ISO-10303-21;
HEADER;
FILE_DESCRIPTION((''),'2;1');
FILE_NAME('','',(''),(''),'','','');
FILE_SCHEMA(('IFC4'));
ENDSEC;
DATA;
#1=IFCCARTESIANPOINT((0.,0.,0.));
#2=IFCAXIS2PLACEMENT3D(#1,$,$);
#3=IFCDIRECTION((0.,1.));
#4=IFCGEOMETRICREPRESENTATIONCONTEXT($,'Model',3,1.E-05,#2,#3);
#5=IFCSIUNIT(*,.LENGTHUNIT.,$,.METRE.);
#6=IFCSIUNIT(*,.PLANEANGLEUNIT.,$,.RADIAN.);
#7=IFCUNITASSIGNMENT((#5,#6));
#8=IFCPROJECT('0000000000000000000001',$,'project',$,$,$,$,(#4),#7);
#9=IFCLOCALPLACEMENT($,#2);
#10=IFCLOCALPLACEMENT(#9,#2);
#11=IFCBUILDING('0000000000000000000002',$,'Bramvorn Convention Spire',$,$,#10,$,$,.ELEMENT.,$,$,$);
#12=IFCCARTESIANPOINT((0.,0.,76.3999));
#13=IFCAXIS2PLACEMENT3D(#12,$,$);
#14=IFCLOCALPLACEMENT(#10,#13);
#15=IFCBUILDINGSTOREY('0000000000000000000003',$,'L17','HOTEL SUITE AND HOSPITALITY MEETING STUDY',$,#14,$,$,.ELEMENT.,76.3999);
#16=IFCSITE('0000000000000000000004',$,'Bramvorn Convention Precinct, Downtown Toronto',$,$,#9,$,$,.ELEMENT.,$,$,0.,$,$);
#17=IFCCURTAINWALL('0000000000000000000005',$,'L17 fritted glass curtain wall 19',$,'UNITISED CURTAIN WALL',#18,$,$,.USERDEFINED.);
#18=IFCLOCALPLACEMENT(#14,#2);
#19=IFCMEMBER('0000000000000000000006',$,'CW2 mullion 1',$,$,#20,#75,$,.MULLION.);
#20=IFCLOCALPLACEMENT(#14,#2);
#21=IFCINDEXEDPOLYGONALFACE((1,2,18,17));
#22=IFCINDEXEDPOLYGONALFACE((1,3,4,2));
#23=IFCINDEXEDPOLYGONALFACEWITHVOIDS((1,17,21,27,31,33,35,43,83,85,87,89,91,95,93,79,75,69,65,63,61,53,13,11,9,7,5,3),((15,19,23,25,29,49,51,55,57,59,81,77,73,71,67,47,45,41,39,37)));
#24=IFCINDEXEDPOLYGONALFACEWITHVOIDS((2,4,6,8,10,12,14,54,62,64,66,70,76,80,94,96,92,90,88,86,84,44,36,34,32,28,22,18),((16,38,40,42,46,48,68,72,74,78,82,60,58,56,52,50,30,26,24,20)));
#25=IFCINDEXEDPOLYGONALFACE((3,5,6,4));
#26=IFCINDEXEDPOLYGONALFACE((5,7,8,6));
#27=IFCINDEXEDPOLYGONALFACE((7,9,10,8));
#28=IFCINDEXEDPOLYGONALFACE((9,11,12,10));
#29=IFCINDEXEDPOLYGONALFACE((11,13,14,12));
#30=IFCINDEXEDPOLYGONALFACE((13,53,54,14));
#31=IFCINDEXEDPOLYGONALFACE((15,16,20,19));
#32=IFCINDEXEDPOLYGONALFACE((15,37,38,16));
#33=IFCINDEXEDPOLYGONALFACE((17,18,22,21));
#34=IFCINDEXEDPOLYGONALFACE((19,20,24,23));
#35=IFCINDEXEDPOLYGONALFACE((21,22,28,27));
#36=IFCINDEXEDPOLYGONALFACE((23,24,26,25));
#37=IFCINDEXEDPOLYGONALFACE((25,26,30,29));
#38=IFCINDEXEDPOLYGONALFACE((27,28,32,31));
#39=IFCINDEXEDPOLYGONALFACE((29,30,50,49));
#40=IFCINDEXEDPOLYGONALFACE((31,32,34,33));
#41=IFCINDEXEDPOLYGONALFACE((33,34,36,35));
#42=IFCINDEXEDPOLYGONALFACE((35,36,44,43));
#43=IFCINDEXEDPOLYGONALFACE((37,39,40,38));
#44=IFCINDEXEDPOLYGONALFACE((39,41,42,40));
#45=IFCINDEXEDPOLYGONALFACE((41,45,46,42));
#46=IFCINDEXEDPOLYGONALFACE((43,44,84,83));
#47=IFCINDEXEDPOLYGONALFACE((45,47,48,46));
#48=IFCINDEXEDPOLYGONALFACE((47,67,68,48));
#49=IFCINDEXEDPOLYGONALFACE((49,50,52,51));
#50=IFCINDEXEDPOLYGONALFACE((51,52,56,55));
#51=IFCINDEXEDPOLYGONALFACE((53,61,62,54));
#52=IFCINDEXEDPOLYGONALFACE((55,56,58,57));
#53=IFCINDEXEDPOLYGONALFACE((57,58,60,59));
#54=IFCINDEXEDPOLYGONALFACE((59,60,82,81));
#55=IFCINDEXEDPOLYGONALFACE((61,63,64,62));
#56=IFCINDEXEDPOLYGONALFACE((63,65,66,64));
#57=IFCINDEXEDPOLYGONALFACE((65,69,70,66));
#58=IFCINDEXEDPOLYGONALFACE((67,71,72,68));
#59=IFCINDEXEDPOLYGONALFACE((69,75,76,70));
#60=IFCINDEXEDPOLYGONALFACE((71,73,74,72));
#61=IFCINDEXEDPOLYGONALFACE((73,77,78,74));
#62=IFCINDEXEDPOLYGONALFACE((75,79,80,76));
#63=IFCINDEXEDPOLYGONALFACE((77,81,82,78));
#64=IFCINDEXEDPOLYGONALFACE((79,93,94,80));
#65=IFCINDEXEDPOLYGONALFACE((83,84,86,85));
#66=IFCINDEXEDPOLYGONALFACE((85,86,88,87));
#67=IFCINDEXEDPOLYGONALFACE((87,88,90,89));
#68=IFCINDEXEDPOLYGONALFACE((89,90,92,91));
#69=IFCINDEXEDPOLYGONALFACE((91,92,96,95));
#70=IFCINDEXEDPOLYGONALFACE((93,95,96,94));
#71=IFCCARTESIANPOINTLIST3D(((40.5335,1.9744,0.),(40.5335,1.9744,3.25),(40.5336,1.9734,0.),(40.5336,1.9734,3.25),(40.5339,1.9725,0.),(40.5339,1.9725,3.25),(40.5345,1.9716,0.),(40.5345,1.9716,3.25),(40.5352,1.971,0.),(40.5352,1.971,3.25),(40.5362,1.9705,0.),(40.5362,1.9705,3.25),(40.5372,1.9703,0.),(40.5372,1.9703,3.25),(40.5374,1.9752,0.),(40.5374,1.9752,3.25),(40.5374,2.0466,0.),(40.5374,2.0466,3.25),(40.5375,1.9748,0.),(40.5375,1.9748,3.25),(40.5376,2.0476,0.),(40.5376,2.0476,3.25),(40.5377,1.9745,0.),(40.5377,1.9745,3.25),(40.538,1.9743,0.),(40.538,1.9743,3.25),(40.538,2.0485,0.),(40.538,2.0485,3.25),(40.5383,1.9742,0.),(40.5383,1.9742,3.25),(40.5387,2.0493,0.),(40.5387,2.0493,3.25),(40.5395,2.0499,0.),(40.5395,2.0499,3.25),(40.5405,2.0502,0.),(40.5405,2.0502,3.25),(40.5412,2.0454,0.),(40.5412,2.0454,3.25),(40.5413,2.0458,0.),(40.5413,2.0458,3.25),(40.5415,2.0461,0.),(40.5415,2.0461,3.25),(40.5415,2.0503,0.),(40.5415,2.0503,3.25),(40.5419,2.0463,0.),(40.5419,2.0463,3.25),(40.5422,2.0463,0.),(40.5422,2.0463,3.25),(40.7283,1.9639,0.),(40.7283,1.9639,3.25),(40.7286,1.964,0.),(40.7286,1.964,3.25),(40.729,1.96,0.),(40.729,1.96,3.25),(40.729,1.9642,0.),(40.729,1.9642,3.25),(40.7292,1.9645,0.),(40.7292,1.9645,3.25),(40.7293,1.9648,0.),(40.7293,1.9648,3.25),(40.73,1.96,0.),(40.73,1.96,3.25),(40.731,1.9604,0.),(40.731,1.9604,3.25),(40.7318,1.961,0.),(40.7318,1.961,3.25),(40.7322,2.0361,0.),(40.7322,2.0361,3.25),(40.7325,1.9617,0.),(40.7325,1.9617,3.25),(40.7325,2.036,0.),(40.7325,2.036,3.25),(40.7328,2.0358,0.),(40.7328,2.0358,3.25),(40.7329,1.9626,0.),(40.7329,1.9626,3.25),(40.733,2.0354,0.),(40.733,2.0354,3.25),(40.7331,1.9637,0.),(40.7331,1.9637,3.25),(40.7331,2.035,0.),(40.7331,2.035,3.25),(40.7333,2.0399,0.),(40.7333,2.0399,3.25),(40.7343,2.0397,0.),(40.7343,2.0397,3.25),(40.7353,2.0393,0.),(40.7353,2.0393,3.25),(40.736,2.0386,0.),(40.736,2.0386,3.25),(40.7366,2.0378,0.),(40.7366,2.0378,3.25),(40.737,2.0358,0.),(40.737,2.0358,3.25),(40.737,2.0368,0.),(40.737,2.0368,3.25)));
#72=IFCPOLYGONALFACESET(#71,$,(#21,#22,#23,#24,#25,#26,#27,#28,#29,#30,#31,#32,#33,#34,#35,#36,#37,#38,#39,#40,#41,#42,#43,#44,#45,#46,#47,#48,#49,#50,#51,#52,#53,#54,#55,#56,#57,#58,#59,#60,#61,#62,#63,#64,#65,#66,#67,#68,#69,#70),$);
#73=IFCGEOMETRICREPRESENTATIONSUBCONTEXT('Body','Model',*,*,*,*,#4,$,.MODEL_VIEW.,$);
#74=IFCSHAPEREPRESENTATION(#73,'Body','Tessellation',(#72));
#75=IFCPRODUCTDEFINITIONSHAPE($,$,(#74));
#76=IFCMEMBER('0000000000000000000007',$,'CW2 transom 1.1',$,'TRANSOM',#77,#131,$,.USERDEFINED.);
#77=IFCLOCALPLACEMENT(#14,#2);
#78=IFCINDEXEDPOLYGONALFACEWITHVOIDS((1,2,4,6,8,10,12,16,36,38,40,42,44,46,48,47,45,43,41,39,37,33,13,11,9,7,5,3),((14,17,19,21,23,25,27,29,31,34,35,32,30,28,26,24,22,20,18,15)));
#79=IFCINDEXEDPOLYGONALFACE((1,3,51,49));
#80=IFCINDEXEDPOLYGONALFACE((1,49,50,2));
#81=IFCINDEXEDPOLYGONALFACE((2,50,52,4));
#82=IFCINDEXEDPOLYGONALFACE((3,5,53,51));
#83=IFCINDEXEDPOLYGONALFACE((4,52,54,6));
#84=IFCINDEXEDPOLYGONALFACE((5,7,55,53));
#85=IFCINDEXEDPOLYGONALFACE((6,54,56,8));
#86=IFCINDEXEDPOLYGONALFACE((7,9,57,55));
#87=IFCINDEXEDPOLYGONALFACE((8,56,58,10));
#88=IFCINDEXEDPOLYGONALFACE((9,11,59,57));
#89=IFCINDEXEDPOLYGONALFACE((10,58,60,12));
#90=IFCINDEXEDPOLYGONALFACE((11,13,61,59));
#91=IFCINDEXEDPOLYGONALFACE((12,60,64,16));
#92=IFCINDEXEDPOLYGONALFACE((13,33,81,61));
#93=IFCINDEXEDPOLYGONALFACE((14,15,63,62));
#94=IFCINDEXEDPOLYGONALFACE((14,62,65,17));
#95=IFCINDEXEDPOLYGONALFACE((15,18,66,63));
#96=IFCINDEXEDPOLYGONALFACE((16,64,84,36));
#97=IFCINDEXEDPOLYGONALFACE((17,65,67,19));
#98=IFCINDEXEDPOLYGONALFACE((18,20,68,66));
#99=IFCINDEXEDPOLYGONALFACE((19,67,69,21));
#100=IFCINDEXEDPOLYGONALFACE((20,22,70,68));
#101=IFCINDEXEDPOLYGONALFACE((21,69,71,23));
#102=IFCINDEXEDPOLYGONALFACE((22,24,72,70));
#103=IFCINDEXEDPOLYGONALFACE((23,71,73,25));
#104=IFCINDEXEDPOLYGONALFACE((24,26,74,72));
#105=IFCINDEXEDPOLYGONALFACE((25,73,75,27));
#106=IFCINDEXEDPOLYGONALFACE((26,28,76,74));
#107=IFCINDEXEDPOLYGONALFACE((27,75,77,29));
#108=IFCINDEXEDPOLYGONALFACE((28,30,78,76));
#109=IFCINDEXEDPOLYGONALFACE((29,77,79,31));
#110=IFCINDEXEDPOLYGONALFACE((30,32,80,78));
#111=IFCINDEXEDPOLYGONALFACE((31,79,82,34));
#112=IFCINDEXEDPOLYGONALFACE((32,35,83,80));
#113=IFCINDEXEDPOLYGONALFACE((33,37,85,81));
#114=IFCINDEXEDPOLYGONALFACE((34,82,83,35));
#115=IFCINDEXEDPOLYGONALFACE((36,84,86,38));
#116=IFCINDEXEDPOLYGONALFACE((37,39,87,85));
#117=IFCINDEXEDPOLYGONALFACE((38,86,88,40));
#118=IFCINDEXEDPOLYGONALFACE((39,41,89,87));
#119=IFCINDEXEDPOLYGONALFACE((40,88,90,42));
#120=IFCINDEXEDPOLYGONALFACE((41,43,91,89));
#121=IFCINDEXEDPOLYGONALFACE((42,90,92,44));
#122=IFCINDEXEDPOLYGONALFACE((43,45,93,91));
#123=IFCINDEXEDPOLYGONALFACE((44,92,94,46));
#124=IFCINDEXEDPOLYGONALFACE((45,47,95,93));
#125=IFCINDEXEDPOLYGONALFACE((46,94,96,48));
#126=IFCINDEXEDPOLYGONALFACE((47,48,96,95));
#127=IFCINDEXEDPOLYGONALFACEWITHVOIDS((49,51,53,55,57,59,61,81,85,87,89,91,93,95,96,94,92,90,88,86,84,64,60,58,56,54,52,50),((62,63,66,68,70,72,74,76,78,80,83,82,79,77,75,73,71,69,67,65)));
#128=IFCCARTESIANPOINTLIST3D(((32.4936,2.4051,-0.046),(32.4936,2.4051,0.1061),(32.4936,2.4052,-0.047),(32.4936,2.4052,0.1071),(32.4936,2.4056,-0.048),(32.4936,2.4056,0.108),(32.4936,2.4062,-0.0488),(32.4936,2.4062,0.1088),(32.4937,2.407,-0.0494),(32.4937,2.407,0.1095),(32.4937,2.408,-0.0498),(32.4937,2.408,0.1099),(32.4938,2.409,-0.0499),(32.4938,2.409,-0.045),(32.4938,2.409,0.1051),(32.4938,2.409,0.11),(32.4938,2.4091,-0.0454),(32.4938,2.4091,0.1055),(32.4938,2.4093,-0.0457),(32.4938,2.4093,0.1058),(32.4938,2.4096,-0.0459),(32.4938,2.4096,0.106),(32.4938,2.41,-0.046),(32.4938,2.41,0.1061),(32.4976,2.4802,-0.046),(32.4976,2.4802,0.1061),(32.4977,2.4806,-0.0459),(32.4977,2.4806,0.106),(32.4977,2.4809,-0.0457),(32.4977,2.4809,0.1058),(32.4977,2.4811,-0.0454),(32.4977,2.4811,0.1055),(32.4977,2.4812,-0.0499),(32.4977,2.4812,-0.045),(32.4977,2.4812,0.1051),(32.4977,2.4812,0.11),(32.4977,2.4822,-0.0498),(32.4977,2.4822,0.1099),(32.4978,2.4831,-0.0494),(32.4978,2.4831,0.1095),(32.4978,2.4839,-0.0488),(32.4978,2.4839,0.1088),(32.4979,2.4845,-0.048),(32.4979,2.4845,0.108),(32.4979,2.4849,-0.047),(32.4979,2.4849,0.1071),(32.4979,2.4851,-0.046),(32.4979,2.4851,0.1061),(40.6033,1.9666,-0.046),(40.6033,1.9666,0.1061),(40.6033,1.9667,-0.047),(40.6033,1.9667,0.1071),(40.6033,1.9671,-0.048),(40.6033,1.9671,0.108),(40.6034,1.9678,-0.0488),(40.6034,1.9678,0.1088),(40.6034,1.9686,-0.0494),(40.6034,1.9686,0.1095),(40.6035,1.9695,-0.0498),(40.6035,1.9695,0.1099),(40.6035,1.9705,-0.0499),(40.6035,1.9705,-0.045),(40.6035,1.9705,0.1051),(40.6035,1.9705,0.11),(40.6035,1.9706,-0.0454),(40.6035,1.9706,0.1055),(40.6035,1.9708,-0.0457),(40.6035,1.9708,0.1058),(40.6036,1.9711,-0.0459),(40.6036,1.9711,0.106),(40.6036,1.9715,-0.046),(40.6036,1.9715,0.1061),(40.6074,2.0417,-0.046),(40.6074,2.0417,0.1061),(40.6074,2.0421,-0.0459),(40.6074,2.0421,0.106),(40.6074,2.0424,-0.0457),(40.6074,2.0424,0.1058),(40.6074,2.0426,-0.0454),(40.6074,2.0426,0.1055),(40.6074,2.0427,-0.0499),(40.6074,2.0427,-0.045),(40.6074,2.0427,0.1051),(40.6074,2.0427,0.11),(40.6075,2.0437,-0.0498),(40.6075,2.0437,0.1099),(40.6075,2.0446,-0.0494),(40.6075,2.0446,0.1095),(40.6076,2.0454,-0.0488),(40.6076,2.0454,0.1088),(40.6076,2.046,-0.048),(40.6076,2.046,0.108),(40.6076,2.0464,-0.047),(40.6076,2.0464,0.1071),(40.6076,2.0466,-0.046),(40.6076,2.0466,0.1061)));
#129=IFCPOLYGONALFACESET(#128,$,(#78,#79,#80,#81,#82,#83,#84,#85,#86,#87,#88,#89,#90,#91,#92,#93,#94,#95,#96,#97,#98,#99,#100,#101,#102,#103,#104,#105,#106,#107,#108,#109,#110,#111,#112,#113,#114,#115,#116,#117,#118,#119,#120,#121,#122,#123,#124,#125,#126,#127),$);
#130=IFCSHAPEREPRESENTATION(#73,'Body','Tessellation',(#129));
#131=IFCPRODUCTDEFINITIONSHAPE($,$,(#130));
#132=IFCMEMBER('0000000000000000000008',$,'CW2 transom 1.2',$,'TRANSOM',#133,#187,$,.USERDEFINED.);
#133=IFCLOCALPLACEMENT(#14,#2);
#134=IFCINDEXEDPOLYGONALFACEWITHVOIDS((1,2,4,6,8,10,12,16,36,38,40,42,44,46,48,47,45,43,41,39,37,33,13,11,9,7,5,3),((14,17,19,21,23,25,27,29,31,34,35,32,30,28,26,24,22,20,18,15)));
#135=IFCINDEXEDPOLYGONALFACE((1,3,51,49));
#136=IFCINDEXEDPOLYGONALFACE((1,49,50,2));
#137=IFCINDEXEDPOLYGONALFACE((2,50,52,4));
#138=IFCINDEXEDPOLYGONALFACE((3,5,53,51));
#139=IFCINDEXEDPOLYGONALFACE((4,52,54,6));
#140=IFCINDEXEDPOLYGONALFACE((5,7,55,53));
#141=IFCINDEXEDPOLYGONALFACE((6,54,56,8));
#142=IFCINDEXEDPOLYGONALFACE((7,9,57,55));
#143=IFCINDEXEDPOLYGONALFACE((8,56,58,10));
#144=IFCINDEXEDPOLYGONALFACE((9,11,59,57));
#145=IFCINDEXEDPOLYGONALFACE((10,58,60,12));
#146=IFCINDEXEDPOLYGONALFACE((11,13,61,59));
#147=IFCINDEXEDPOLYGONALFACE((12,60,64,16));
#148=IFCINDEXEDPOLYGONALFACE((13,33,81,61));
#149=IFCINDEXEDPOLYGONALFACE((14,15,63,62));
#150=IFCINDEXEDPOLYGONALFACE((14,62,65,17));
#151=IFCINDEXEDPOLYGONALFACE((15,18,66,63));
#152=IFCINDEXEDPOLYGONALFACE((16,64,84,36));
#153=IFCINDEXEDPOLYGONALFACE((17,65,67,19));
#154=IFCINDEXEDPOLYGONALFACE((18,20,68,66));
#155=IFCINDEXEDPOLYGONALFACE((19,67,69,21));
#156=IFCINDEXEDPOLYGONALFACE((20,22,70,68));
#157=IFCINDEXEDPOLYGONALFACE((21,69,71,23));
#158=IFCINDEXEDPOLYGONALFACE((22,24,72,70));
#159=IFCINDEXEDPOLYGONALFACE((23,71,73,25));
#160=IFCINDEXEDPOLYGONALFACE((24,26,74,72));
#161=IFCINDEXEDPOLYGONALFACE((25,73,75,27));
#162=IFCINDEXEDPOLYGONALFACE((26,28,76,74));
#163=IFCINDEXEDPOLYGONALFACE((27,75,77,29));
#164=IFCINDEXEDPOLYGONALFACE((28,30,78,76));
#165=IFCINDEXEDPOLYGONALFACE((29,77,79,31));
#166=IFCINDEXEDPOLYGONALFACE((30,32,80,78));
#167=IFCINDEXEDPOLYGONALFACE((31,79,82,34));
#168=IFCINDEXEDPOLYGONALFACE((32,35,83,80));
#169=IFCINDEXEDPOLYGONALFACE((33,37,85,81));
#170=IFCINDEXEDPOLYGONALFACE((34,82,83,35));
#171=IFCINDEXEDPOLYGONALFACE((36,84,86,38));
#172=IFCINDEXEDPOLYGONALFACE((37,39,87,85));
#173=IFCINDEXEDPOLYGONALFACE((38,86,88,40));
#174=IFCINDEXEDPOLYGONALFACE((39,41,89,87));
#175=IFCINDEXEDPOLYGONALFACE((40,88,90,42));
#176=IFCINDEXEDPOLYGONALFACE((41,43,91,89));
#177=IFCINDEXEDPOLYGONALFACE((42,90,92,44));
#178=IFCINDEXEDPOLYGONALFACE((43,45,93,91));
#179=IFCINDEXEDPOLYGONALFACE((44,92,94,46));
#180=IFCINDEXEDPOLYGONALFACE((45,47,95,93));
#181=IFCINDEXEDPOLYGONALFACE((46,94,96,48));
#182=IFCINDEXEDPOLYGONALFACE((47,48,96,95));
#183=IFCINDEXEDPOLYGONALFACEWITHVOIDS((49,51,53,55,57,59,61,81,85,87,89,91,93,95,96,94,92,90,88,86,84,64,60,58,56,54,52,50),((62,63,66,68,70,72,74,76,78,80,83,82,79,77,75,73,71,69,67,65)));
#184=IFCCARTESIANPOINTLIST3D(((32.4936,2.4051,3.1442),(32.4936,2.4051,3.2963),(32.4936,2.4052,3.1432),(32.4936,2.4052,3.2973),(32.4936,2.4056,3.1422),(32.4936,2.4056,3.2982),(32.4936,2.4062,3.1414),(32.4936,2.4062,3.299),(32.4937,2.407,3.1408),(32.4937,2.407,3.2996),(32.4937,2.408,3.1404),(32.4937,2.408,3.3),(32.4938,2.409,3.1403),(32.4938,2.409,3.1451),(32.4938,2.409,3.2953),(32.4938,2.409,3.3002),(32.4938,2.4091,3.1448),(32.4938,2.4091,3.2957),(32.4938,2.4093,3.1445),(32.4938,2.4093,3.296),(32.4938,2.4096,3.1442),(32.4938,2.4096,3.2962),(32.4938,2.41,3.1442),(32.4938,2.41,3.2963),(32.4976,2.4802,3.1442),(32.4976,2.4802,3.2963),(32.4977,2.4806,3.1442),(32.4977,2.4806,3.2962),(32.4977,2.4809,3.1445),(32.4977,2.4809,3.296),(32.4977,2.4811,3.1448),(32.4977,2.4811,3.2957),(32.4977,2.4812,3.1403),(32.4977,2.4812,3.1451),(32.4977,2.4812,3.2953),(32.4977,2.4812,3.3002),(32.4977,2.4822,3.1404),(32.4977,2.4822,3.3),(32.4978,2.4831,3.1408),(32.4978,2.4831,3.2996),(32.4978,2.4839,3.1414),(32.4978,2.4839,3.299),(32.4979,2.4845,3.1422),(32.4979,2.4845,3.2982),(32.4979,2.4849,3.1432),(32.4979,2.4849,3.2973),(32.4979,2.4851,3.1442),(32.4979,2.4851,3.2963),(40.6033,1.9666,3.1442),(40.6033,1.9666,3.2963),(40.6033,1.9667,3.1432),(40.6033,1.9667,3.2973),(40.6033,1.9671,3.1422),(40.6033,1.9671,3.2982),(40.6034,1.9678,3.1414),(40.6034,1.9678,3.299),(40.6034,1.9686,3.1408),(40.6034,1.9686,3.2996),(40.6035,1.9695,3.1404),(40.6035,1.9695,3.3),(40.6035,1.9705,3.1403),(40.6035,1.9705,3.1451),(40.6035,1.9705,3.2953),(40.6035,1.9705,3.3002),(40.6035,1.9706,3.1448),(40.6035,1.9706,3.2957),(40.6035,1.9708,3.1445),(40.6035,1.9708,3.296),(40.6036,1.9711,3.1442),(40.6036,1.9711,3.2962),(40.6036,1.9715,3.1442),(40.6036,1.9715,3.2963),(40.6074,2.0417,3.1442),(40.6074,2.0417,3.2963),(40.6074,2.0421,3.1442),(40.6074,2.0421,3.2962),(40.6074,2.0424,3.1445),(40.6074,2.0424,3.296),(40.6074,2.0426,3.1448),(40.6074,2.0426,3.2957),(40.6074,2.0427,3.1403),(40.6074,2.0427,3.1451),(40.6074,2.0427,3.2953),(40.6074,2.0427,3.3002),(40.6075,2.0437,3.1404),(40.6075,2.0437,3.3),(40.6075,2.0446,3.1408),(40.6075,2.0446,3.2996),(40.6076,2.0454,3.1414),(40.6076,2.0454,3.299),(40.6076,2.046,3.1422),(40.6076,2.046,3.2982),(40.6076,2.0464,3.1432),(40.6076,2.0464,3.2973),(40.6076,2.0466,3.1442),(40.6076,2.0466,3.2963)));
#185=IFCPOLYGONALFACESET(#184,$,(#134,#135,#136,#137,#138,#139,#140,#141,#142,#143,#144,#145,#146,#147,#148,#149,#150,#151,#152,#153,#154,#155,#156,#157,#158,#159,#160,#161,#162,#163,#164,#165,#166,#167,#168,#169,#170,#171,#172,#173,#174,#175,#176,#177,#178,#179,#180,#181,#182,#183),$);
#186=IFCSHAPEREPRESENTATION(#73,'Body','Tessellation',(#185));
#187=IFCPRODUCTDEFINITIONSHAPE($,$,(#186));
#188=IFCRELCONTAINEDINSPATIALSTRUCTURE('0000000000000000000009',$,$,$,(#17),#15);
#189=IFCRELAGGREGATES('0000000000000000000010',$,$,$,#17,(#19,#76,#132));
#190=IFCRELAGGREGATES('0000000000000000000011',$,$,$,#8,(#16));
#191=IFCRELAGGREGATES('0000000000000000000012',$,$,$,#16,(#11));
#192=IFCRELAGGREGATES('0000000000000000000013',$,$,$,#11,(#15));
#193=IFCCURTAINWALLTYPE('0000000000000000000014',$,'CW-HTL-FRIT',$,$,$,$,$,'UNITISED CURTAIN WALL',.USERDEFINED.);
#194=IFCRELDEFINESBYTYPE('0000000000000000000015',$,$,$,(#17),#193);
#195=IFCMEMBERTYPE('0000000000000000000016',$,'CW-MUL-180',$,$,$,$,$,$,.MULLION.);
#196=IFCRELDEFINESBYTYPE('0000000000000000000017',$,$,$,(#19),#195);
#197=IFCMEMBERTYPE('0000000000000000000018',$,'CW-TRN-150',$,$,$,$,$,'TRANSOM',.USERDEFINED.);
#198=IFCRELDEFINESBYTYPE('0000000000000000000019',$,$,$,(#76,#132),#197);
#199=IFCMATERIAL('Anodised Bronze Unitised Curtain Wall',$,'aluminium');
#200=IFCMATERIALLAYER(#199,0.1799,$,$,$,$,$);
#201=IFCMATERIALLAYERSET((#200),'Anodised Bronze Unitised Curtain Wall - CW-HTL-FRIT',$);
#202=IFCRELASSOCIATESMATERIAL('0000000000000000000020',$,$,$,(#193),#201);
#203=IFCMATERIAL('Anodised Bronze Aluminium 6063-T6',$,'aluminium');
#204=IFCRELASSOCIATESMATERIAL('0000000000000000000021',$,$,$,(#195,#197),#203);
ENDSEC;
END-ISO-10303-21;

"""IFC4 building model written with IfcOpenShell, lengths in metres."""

from ifc_helpers import new_model, si_unit, direction, frame, origin, origin_2d, place, context, subcontext, project, spatial, hollow_rectangle, extrude, material, layer, layer_set, material_profile, profile_set, type_object, element, aggregate, save


model = new_model("IFC4")

# Units and contexts
model_context = context("Model", 3, precision=1e-05, world=origin(), true_north=direction((0.0, 1.0)))
body_context = subcontext(model_context, "Body", "Model", "MODEL_VIEW")
ifc_project = project(units=[si_unit("LENGTHUNIT", "METRE"), si_unit("PLANEANGLEUNIT", "RADIAN")], contexts=[model_context])

# Site, building, storey
site_placement = place(None, origin())
site = spatial("IfcSite", under=ifc_project, at=site_placement, Name="Bramvorn Convention Precinct, Downtown Toronto", CompositionType="ELEMENT", RefElevation=0.0)
building_placement = place(site_placement, origin())
building = spatial("IfcBuilding", under=site, at=building_placement, Name="Bramvorn Convention Spire", CompositionType="ELEMENT")
storey_placement = place(building_placement, frame((0.0, 0.0, 76.3999)))
storey = spatial("IfcBuildingStorey", under=building, at=storey_placement, Name="L17", Description="HOTEL SUITE AND HOSPITALITY MEETING STUDY", CompositionType="ELEMENT", Elevation=76.3999)

# Curtain wall, members
ifc_material_1 = material(Name="Anodised Bronze Unitised Curtain Wall", Category="aluminium")
ifc_layer_1 = layer(ifc_material_1, 0.1799)
ifc_layer_set_1 = layer_set([ifc_layer_1], Name="Anodised Bronze Unitised Curtain Wall - CW-HTL-FRIT")
curtain_wall_type = type_object("IfcCurtainWallType", Name="CW-HTL-FRIT", ElementType="UNITISED CURTAIN WALL", PredefinedType="USERDEFINED", material=ifc_layer_set_1)
curtain_wall_placement = place(storey_placement, origin())
curtain_wall = element("IfcCurtainWall", 1, at=curtain_wall_placement, inside=storey, type_object=curtain_wall_type, Name="L17 fritted glass curtain wall 19", ObjectType="UNITISED CURTAIN WALL", PredefinedType="USERDEFINED")
ifc_material_2 = material(Name="Anodised Bronze Aluminium 6063-T6", Category="aluminium")
ifc_material_profile_1 = material_profile(ifc_material_2, hollow_rectangle(XDim=0.0801, YDim=0.2, WallThickness=0.0039, InnerFilletRadius=0.001, OuterFilletRadius=0.0039, at=origin_2d()))
ifc_profile_set_1 = profile_set([ifc_material_profile_1], Name="Anodised Bronze Aluminium 6063-T6 - CWM80X200")
member_type_1 = type_object("IfcMemberType", Name="CW-MUL-180", PredefinedType="MULLION", material=ifc_profile_set_1)
member_1_placement = place(storey_placement, frame((40.6353, 2.0051, 0.0), z_axis=(0.0, 0.0, 1.0), x_axis=(-0.053971, -0.998542, 0.0)))
member_1 = element("IfcMember", 2, at=member_1_placement, type_object=member_type_1, Name="CW2 mullion 1", PredefinedType="MULLION", context=body_context, shape_type="SweptSolid", body=[
    extrude(hollow_rectangle(XDim=0.0801, YDim=0.2, WallThickness=0.0039, InnerFilletRadius=0.001, OuterFilletRadius=0.0039, at=origin_2d()), origin(), (0.0, 0.0, 1.0), 3.25),
])
ifc_material_profile_2 = material_profile(ifc_material_2, hollow_rectangle(XDim=0.0801, YDim=0.1599, WallThickness=0.0039, InnerFilletRadius=0.001, OuterFilletRadius=0.0039, at=origin_2d()))
ifc_profile_set_2 = profile_set([ifc_material_profile_2], Name="Anodised Bronze Aluminium 6063-T6 - CWT80X160")
member_type_2 = type_object("IfcMemberType", Name="CW-TRN-150", ElementType="TRANSOM", PredefinedType="USERDEFINED", material=ifc_profile_set_2)
member_2_placement = place(storey_placement, frame((40.6055, 2.0066, 0.03), z_axis=(-0.998541, 0.05399, 0.0), x_axis=(-0.05399, -0.998541, 0.0)))
member_2 = element("IfcMember", 3, at=member_2_placement, type_object=member_type_2, Name="CW2 transom 1.1", ObjectType="TRANSOM", PredefinedType="USERDEFINED", context=body_context, shape_type="SweptSolid", body=[
    extrude(hollow_rectangle(XDim=0.0801, YDim=0.1599, WallThickness=0.0039, InnerFilletRadius=0.001, OuterFilletRadius=0.0039, at=origin_2d()), origin(), (0.0, 0.0, 1.0), 8.1216),
])
member_3_placement = place(storey_placement, frame((40.6055, 2.0066, 3.2202), z_axis=(-0.998541, 0.05399, 0.0), x_axis=(-0.05399, -0.998541, 0.0)))
member_3 = element("IfcMember", 4, at=member_3_placement, type_object=member_type_2, Name="CW2 transom 1.2", ObjectType="TRANSOM", PredefinedType="USERDEFINED", context=body_context, shape_type="SweptSolid", body=[
    extrude(hollow_rectangle(XDim=0.0801, YDim=0.1599, WallThickness=0.0039, InnerFilletRadius=0.001, OuterFilletRadius=0.0039, at=origin_2d()), origin(), (0.0, 0.0, 1.0), 8.1216),
])

aggregate(curtain_wall, [member_1, member_2, member_3])

save(model, "model.ifc")
